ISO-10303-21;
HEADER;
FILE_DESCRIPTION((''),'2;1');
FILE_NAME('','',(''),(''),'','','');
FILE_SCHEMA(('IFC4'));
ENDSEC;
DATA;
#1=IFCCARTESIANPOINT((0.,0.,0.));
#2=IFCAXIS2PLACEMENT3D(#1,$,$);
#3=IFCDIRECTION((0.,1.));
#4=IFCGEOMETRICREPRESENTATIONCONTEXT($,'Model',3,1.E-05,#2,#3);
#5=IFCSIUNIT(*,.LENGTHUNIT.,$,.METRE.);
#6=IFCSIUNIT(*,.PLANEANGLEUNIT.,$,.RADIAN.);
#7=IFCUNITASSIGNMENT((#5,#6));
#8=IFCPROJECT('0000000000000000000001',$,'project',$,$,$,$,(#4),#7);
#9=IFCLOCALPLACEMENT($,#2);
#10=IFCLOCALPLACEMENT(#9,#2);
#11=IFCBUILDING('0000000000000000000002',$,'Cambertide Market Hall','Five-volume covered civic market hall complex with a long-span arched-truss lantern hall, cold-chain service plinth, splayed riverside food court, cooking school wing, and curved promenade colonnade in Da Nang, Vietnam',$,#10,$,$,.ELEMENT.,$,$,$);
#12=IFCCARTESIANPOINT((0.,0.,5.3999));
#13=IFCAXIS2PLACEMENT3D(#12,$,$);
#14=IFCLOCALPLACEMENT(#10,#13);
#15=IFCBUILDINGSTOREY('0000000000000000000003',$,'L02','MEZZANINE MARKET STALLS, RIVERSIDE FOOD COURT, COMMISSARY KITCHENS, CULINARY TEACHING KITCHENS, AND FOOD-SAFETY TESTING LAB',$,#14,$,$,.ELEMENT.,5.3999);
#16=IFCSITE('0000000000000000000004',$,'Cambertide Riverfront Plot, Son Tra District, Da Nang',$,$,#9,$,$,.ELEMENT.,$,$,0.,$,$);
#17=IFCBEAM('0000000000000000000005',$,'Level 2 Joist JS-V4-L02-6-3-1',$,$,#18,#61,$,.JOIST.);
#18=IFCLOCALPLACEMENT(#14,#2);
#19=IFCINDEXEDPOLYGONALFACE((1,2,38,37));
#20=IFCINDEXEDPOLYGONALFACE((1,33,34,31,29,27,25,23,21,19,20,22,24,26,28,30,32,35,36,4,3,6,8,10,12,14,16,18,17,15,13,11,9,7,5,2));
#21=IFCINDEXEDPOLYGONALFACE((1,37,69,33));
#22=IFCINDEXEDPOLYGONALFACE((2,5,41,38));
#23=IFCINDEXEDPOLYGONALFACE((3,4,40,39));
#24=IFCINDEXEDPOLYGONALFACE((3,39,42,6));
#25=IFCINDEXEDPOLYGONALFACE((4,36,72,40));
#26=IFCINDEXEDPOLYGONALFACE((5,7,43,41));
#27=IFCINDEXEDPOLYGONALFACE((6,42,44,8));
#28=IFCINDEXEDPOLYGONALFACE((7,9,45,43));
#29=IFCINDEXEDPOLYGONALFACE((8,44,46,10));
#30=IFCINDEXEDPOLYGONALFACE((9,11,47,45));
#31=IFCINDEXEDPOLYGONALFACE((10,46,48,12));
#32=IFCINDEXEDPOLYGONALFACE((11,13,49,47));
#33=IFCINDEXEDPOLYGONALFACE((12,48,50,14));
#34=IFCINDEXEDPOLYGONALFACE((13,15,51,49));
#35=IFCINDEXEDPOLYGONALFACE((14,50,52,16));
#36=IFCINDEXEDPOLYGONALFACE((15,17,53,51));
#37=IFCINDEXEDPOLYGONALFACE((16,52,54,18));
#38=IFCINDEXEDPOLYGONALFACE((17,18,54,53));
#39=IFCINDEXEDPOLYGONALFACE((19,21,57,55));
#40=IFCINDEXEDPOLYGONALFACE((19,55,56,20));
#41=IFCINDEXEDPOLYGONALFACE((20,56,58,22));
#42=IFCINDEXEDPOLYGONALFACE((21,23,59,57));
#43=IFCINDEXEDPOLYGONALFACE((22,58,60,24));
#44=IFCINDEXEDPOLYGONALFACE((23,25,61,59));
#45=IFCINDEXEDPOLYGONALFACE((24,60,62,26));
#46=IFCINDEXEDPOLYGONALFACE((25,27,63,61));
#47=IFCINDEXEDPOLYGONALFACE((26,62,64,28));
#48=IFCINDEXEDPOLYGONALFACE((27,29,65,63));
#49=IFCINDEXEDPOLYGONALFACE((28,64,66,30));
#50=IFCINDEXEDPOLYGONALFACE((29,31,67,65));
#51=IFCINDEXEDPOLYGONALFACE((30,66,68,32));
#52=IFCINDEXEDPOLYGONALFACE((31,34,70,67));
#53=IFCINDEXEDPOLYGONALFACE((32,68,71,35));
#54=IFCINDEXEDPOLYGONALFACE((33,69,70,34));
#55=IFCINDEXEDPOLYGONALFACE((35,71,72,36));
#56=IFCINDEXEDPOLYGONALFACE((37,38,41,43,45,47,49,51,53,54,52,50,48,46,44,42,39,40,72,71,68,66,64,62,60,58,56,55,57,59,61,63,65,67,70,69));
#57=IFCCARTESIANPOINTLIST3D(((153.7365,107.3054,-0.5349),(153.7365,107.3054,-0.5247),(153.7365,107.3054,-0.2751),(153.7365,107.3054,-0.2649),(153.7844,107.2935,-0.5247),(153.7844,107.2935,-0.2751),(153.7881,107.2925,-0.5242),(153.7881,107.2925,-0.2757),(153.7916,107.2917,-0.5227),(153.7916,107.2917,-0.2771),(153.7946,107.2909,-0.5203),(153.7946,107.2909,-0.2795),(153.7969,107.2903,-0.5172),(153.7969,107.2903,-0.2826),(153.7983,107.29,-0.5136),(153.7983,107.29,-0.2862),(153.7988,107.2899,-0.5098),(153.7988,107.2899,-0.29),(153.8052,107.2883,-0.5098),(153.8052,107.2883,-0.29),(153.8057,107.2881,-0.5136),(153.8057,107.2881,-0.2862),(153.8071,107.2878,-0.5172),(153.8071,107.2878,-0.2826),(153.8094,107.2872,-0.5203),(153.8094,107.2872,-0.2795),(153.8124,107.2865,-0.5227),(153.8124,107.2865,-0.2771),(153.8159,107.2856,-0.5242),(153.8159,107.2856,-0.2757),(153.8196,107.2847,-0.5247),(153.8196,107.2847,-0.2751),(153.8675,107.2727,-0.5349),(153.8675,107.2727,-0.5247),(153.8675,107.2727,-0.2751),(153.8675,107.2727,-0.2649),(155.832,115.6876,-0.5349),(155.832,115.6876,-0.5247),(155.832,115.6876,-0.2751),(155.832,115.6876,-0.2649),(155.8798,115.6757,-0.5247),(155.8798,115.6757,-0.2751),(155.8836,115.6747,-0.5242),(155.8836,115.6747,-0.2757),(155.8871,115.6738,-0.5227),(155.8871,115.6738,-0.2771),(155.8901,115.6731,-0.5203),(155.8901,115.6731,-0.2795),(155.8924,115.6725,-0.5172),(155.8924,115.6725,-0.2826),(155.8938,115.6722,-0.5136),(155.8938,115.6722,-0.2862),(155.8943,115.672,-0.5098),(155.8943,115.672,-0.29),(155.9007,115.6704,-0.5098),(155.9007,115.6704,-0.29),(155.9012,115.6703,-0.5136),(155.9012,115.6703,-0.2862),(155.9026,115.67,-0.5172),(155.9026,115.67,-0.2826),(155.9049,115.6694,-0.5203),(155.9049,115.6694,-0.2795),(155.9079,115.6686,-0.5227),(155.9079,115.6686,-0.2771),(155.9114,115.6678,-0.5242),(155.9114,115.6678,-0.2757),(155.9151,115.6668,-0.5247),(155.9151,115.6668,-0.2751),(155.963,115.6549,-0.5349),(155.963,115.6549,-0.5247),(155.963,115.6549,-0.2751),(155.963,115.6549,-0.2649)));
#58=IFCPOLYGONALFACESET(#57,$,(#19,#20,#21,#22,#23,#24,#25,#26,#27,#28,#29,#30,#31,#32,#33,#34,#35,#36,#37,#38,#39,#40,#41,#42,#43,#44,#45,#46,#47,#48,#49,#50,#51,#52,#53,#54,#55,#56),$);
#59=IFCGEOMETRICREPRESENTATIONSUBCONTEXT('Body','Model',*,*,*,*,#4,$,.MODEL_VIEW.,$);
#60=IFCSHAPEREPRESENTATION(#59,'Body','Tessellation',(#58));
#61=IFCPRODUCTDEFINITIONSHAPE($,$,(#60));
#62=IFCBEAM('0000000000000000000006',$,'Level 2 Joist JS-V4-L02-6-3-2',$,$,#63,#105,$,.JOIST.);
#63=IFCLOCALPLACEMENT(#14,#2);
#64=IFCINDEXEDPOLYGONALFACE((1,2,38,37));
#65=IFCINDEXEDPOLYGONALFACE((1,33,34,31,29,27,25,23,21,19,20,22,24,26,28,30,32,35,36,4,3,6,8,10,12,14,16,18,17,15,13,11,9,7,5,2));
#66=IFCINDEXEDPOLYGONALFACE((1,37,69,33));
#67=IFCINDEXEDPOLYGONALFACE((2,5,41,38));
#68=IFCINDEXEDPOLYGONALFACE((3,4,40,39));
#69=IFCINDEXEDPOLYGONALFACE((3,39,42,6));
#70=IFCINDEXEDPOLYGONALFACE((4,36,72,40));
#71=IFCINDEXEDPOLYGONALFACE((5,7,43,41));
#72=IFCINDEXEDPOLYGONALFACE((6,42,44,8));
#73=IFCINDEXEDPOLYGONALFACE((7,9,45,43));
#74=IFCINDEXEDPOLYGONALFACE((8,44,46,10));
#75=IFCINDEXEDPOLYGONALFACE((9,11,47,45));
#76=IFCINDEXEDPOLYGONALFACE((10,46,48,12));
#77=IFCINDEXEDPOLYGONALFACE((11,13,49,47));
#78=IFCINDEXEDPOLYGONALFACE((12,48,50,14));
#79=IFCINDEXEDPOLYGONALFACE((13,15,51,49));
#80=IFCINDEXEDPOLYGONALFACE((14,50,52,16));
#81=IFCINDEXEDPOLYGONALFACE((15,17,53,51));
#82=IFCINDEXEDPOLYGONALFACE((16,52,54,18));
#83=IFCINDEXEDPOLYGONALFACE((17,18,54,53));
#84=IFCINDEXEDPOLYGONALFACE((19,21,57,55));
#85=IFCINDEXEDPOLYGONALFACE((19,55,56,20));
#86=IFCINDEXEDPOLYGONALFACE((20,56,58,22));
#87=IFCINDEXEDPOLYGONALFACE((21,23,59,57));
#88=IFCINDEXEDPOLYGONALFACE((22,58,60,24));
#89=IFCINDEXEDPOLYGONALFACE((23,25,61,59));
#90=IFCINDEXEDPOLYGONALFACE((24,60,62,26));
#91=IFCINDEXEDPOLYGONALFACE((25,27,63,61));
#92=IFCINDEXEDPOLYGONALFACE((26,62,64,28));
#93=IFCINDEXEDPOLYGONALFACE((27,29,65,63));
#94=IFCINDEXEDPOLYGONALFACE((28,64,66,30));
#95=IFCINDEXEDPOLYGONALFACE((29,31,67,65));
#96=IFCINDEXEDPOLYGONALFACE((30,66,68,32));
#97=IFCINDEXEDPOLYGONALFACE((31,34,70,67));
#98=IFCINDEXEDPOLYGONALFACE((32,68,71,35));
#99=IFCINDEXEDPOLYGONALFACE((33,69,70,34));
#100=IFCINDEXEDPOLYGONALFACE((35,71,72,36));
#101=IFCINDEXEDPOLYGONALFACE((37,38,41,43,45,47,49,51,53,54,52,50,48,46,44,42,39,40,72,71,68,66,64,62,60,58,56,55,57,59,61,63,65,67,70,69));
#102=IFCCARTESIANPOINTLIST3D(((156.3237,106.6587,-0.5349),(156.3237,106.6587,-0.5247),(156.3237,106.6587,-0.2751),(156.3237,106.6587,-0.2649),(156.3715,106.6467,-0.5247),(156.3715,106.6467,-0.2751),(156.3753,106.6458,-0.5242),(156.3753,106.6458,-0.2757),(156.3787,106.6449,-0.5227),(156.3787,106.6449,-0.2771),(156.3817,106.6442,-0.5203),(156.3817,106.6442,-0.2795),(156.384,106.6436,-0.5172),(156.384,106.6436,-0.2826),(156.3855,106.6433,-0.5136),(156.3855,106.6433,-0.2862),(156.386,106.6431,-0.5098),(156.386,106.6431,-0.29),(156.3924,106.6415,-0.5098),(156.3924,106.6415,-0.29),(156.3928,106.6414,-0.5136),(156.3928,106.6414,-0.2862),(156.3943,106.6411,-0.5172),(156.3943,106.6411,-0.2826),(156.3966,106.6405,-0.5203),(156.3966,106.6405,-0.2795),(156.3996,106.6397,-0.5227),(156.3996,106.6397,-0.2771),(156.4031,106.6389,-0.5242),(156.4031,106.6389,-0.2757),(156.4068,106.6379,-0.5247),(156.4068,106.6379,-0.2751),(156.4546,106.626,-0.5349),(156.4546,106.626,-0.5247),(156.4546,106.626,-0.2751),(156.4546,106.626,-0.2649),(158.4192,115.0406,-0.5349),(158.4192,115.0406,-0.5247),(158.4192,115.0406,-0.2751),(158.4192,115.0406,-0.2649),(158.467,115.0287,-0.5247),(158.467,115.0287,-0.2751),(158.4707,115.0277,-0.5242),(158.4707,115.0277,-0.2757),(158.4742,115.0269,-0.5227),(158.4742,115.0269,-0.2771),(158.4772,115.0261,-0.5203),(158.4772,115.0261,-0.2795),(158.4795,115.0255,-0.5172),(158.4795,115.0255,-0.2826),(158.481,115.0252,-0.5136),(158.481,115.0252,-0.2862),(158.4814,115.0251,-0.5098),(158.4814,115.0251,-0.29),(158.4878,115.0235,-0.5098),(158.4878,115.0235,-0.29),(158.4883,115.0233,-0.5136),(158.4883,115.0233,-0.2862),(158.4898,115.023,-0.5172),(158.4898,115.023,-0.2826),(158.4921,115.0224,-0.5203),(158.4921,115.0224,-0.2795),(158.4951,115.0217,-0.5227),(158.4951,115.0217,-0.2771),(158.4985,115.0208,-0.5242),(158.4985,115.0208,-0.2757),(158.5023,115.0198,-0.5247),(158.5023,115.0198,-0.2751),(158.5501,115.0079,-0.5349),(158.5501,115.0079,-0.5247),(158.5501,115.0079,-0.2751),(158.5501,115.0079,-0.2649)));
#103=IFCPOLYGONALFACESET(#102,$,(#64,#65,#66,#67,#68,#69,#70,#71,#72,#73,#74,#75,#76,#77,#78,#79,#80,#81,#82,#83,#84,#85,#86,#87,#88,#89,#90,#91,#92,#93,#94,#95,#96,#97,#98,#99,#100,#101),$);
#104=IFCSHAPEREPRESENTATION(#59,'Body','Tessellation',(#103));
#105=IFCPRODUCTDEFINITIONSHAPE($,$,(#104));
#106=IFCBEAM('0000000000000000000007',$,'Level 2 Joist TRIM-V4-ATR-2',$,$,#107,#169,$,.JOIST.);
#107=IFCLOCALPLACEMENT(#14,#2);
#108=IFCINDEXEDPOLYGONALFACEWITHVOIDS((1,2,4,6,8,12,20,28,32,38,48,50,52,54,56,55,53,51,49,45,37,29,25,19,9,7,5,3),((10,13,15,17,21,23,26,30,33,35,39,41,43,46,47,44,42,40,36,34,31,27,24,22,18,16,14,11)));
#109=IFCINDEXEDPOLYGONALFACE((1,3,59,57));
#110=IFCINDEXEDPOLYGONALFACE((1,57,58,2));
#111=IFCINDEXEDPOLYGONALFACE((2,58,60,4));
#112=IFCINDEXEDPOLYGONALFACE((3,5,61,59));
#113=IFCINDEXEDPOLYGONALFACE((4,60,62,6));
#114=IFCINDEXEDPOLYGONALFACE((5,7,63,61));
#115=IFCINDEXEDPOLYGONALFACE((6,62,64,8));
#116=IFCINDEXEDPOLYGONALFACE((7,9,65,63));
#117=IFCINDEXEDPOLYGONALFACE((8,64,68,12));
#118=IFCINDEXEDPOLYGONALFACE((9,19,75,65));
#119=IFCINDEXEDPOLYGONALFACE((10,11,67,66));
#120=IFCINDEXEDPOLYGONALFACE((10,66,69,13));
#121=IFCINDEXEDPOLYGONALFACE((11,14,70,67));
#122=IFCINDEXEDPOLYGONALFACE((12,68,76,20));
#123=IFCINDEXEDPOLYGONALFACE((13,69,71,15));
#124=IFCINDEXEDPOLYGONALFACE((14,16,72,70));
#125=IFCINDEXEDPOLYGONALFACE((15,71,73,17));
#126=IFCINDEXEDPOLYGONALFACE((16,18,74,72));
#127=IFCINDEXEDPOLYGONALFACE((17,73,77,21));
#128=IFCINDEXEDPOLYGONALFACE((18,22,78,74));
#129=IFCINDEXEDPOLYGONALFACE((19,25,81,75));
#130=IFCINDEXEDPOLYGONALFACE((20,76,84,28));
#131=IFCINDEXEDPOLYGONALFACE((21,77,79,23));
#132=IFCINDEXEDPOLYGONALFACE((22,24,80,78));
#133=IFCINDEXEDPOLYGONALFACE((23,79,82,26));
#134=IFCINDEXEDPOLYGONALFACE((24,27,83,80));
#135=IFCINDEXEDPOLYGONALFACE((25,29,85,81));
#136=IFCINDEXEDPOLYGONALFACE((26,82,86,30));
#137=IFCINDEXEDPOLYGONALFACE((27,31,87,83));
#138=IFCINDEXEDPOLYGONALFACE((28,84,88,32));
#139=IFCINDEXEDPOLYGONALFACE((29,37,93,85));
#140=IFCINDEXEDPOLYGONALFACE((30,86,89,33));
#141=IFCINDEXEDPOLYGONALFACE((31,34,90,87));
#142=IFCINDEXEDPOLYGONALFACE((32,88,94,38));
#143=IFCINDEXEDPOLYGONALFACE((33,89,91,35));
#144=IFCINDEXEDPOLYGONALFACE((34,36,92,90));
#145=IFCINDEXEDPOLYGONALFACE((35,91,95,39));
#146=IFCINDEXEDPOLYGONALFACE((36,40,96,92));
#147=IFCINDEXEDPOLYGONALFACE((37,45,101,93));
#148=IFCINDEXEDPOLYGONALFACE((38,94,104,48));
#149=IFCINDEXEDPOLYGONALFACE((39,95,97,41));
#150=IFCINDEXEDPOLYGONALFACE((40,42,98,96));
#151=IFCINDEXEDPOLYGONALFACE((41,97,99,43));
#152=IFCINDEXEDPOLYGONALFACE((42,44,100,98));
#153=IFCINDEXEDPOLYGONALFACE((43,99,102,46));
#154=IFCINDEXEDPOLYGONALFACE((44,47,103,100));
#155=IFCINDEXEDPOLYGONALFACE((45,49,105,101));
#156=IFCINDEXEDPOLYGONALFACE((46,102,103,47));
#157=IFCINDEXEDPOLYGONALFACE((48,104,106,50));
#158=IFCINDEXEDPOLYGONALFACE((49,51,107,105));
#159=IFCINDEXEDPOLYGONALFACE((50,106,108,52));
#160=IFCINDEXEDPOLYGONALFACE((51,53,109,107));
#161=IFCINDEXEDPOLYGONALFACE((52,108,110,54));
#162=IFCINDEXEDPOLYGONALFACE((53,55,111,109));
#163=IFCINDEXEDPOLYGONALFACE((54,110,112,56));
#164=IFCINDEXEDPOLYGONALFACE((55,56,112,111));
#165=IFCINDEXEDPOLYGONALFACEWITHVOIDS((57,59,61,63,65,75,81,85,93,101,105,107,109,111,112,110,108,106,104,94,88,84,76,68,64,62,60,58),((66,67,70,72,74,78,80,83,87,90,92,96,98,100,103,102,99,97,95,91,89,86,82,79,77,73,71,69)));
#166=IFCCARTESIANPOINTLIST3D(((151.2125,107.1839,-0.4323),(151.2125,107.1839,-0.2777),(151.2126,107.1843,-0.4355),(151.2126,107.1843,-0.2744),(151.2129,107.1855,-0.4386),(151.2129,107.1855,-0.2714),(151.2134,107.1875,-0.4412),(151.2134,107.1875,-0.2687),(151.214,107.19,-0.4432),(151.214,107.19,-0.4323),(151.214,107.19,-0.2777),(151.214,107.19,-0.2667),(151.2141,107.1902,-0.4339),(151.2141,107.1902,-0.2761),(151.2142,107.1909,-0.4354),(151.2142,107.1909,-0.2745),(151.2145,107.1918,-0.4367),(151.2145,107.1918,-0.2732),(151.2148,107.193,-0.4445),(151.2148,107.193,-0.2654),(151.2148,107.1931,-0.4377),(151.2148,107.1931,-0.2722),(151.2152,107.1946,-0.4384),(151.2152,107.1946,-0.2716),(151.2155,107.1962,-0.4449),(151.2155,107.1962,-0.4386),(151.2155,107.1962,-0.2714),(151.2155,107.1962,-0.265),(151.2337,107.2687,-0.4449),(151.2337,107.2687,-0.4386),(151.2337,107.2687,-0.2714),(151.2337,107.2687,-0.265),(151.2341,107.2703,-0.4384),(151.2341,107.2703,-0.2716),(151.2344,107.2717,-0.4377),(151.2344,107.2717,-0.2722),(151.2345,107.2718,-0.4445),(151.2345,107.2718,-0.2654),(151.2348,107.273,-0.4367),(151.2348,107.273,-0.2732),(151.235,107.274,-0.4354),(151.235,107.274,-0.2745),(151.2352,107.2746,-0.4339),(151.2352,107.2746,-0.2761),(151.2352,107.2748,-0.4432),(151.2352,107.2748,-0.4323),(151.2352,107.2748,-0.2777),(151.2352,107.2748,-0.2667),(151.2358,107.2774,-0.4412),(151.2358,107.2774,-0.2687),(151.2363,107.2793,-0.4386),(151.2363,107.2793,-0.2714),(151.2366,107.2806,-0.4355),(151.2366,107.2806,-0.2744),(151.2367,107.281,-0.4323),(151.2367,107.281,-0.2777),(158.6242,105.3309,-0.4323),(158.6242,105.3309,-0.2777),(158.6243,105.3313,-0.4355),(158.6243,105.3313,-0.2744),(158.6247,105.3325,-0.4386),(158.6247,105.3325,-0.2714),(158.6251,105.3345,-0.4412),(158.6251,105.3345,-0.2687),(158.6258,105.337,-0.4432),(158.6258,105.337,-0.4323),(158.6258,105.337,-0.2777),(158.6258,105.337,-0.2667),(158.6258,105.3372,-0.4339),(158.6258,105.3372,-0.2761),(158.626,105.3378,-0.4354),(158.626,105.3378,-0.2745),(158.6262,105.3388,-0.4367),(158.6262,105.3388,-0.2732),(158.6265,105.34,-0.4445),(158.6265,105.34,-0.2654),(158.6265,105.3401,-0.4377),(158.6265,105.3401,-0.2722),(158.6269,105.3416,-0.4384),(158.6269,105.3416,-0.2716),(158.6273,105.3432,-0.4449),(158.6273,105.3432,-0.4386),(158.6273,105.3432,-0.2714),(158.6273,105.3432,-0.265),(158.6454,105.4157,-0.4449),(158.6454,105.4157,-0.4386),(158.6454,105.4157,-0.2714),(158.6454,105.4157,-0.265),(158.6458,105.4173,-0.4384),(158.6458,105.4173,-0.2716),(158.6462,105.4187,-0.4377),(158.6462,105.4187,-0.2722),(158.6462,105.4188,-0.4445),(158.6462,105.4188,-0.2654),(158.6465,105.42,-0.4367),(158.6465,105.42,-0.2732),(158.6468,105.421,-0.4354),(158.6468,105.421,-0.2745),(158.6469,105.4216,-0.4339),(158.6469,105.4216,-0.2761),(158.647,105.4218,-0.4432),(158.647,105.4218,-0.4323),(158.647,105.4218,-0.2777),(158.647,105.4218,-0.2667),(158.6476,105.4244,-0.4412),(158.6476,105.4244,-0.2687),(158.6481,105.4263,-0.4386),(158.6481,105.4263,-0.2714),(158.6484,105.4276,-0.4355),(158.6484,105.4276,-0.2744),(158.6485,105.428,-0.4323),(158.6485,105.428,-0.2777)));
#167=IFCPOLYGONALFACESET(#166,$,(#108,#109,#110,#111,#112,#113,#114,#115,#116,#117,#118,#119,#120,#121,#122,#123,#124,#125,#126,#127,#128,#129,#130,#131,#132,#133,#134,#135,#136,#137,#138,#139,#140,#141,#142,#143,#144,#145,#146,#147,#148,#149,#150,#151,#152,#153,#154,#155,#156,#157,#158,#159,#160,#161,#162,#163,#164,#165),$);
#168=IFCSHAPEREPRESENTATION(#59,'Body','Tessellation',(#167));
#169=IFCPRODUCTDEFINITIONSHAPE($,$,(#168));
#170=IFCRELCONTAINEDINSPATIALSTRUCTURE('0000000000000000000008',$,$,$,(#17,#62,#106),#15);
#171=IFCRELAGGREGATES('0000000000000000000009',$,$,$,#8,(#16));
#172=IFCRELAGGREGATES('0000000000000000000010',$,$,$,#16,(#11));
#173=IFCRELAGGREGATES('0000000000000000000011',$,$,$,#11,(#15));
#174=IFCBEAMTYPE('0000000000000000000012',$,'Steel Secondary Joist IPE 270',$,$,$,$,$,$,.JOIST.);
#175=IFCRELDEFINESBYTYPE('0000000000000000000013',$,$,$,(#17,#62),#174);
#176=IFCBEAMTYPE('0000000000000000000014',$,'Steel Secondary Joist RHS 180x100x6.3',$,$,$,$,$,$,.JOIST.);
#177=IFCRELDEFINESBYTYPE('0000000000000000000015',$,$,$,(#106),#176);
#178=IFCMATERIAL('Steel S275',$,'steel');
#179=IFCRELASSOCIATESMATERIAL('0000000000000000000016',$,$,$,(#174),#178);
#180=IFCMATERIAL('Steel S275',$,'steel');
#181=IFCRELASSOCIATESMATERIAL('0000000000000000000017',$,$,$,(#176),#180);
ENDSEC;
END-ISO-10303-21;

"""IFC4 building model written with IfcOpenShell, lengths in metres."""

from ifc_helpers import new_model, si_unit, direction, frame, origin, origin_2d, place, context, subcontext, project, spatial, hollow_rectangle, i_section, extrude, material, material_profile, profile_set, type_object, element, save


model = new_model("IFC4")

# Units and contexts
model_context = context("Model", 3, precision=1e-05, world=origin(), true_north=direction((0.0, 1.0)))
body_context = subcontext(model_context, "Body", "Model", "MODEL_VIEW")
ifc_project = project(units=[si_unit("LENGTHUNIT", "METRE"), si_unit("PLANEANGLEUNIT", "RADIAN")], contexts=[model_context])

# Site, building, storey
site_placement = place(None, origin())
site = spatial("IfcSite", under=ifc_project, at=site_placement, Name="Cambertide Riverfront Plot, Son Tra District, Da Nang", CompositionType="ELEMENT", RefElevation=0.0)
building_placement = place(site_placement, origin())
building = spatial("IfcBuilding", under=site, at=building_placement, Name="Cambertide Market Hall", Description="Five-volume covered civic market hall complex with a long-span arched-truss lantern hall, cold-chain service plinth, splayed riverside food court, cooking school wing, and curved promenade colonnade in Da Nang, Vietnam", CompositionType="ELEMENT")
storey_placement = place(building_placement, frame((0.0, 0.0, 5.3999)))
storey = spatial("IfcBuildingStorey", under=building, at=storey_placement, Name="L02", Description="MEZZANINE MARKET STALLS, RIVERSIDE FOOD COURT, COMMISSARY KITCHENS, CULINARY TEACHING KITCHENS, AND FOOD-SAFETY TESTING LAB", CompositionType="ELEMENT", Elevation=5.3999)

# Beams
ifc_material_1 = material(Name="Steel S275", Category="steel")
ifc_material_profile_1 = material_profile(ifc_material_1, i_section(OverallWidth=0.135, OverallDepth=0.27, WebThickness=0.0066, FlangeThickness=0.0103, FilletRadius=0.0149, at=origin_2d()), Name="IPE 270")
ifc_profile_set_1 = profile_set([ifc_material_profile_1], Name="Steel S275")
beam_type_1 = type_object("IfcBeamType", Name="Steel Secondary Joist IPE 270", PredefinedType="JOIST", material=ifc_profile_set_1)
beam_1_placement = place(storey_placement, frame((153.802, 107.2891, -0.3999), z_axis=(0.242529, 0.970144, 0.0), x_axis=(-0.970144, 0.242529, 0.0)))
element("IfcBeam", 1, at=beam_1_placement, inside=storey, type_object=beam_type_1, Name="Level 2 Joist JS-V4-L02-6-3-1", PredefinedType="JOIST", context=body_context, shape_type="SweptSolid", body=[
    extrude(i_section(OverallWidth=0.135, OverallDepth=0.27, WebThickness=0.0066, FlangeThickness=0.0103, FilletRadius=0.0149, at=origin_2d()), origin(), (0.0, 0.0, 1.0), 8.6401),
])
beam_2_placement = place(storey_placement, frame((156.3892, 106.6423, -0.3999), z_axis=(0.242536, 0.970143, 0.0), x_axis=(-0.970143, 0.242536, 0.0)))
element("IfcBeam", 2, at=beam_2_placement, inside=storey, type_object=beam_type_1, Name="Level 2 Joist JS-V4-L02-6-3-2", PredefinedType="JOIST", context=body_context, shape_type="SweptSolid", body=[
    extrude(i_section(OverallWidth=0.135, OverallDepth=0.27, WebThickness=0.0066, FlangeThickness=0.0103, FilletRadius=0.0149, at=origin_2d()), origin(), (0.0, 0.0, 1.0), 8.6399),
])
ifc_material_2 = material(Name="Steel S275", Category="steel")
ifc_material_profile_2 = material_profile(ifc_material_2, hollow_rectangle(XDim=0.1001, YDim=0.1799, WallThickness=0.0063, InnerFilletRadius=0.0063, OuterFilletRadius=0.0127, at=origin_2d()), Name="RHS 180x100x6.3")
ifc_profile_set_2 = profile_set([ifc_material_profile_2], Name="Steel S275")
beam_type_2 = type_object("IfcBeamType", Name="Steel Secondary Joist RHS 180x100x6.3", PredefinedType="JOIST", material=ifc_profile_set_2)
beam_3_placement = place(storey_placement, frame((151.2246, 107.2324, -0.355), z_axis=(0.970141, -0.242543, 0.0), x_axis=(0.242543, 0.970141, 0.0)))
element("IfcBeam", 3, at=beam_3_placement, inside=storey, type_object=beam_type_2, Name="Level 2 Joist TRIM-V4-ATR-2", PredefinedType="JOIST", context=body_context, shape_type="SweptSolid", body=[
    extrude(hollow_rectangle(XDim=0.1001, YDim=0.1799, WallThickness=0.0063, InnerFilletRadius=0.0063, OuterFilletRadius=0.0127, at=origin_2d()), origin(), (0.0, 0.0, 1.0), 7.6399),
])

save(model, "model.ifc")
